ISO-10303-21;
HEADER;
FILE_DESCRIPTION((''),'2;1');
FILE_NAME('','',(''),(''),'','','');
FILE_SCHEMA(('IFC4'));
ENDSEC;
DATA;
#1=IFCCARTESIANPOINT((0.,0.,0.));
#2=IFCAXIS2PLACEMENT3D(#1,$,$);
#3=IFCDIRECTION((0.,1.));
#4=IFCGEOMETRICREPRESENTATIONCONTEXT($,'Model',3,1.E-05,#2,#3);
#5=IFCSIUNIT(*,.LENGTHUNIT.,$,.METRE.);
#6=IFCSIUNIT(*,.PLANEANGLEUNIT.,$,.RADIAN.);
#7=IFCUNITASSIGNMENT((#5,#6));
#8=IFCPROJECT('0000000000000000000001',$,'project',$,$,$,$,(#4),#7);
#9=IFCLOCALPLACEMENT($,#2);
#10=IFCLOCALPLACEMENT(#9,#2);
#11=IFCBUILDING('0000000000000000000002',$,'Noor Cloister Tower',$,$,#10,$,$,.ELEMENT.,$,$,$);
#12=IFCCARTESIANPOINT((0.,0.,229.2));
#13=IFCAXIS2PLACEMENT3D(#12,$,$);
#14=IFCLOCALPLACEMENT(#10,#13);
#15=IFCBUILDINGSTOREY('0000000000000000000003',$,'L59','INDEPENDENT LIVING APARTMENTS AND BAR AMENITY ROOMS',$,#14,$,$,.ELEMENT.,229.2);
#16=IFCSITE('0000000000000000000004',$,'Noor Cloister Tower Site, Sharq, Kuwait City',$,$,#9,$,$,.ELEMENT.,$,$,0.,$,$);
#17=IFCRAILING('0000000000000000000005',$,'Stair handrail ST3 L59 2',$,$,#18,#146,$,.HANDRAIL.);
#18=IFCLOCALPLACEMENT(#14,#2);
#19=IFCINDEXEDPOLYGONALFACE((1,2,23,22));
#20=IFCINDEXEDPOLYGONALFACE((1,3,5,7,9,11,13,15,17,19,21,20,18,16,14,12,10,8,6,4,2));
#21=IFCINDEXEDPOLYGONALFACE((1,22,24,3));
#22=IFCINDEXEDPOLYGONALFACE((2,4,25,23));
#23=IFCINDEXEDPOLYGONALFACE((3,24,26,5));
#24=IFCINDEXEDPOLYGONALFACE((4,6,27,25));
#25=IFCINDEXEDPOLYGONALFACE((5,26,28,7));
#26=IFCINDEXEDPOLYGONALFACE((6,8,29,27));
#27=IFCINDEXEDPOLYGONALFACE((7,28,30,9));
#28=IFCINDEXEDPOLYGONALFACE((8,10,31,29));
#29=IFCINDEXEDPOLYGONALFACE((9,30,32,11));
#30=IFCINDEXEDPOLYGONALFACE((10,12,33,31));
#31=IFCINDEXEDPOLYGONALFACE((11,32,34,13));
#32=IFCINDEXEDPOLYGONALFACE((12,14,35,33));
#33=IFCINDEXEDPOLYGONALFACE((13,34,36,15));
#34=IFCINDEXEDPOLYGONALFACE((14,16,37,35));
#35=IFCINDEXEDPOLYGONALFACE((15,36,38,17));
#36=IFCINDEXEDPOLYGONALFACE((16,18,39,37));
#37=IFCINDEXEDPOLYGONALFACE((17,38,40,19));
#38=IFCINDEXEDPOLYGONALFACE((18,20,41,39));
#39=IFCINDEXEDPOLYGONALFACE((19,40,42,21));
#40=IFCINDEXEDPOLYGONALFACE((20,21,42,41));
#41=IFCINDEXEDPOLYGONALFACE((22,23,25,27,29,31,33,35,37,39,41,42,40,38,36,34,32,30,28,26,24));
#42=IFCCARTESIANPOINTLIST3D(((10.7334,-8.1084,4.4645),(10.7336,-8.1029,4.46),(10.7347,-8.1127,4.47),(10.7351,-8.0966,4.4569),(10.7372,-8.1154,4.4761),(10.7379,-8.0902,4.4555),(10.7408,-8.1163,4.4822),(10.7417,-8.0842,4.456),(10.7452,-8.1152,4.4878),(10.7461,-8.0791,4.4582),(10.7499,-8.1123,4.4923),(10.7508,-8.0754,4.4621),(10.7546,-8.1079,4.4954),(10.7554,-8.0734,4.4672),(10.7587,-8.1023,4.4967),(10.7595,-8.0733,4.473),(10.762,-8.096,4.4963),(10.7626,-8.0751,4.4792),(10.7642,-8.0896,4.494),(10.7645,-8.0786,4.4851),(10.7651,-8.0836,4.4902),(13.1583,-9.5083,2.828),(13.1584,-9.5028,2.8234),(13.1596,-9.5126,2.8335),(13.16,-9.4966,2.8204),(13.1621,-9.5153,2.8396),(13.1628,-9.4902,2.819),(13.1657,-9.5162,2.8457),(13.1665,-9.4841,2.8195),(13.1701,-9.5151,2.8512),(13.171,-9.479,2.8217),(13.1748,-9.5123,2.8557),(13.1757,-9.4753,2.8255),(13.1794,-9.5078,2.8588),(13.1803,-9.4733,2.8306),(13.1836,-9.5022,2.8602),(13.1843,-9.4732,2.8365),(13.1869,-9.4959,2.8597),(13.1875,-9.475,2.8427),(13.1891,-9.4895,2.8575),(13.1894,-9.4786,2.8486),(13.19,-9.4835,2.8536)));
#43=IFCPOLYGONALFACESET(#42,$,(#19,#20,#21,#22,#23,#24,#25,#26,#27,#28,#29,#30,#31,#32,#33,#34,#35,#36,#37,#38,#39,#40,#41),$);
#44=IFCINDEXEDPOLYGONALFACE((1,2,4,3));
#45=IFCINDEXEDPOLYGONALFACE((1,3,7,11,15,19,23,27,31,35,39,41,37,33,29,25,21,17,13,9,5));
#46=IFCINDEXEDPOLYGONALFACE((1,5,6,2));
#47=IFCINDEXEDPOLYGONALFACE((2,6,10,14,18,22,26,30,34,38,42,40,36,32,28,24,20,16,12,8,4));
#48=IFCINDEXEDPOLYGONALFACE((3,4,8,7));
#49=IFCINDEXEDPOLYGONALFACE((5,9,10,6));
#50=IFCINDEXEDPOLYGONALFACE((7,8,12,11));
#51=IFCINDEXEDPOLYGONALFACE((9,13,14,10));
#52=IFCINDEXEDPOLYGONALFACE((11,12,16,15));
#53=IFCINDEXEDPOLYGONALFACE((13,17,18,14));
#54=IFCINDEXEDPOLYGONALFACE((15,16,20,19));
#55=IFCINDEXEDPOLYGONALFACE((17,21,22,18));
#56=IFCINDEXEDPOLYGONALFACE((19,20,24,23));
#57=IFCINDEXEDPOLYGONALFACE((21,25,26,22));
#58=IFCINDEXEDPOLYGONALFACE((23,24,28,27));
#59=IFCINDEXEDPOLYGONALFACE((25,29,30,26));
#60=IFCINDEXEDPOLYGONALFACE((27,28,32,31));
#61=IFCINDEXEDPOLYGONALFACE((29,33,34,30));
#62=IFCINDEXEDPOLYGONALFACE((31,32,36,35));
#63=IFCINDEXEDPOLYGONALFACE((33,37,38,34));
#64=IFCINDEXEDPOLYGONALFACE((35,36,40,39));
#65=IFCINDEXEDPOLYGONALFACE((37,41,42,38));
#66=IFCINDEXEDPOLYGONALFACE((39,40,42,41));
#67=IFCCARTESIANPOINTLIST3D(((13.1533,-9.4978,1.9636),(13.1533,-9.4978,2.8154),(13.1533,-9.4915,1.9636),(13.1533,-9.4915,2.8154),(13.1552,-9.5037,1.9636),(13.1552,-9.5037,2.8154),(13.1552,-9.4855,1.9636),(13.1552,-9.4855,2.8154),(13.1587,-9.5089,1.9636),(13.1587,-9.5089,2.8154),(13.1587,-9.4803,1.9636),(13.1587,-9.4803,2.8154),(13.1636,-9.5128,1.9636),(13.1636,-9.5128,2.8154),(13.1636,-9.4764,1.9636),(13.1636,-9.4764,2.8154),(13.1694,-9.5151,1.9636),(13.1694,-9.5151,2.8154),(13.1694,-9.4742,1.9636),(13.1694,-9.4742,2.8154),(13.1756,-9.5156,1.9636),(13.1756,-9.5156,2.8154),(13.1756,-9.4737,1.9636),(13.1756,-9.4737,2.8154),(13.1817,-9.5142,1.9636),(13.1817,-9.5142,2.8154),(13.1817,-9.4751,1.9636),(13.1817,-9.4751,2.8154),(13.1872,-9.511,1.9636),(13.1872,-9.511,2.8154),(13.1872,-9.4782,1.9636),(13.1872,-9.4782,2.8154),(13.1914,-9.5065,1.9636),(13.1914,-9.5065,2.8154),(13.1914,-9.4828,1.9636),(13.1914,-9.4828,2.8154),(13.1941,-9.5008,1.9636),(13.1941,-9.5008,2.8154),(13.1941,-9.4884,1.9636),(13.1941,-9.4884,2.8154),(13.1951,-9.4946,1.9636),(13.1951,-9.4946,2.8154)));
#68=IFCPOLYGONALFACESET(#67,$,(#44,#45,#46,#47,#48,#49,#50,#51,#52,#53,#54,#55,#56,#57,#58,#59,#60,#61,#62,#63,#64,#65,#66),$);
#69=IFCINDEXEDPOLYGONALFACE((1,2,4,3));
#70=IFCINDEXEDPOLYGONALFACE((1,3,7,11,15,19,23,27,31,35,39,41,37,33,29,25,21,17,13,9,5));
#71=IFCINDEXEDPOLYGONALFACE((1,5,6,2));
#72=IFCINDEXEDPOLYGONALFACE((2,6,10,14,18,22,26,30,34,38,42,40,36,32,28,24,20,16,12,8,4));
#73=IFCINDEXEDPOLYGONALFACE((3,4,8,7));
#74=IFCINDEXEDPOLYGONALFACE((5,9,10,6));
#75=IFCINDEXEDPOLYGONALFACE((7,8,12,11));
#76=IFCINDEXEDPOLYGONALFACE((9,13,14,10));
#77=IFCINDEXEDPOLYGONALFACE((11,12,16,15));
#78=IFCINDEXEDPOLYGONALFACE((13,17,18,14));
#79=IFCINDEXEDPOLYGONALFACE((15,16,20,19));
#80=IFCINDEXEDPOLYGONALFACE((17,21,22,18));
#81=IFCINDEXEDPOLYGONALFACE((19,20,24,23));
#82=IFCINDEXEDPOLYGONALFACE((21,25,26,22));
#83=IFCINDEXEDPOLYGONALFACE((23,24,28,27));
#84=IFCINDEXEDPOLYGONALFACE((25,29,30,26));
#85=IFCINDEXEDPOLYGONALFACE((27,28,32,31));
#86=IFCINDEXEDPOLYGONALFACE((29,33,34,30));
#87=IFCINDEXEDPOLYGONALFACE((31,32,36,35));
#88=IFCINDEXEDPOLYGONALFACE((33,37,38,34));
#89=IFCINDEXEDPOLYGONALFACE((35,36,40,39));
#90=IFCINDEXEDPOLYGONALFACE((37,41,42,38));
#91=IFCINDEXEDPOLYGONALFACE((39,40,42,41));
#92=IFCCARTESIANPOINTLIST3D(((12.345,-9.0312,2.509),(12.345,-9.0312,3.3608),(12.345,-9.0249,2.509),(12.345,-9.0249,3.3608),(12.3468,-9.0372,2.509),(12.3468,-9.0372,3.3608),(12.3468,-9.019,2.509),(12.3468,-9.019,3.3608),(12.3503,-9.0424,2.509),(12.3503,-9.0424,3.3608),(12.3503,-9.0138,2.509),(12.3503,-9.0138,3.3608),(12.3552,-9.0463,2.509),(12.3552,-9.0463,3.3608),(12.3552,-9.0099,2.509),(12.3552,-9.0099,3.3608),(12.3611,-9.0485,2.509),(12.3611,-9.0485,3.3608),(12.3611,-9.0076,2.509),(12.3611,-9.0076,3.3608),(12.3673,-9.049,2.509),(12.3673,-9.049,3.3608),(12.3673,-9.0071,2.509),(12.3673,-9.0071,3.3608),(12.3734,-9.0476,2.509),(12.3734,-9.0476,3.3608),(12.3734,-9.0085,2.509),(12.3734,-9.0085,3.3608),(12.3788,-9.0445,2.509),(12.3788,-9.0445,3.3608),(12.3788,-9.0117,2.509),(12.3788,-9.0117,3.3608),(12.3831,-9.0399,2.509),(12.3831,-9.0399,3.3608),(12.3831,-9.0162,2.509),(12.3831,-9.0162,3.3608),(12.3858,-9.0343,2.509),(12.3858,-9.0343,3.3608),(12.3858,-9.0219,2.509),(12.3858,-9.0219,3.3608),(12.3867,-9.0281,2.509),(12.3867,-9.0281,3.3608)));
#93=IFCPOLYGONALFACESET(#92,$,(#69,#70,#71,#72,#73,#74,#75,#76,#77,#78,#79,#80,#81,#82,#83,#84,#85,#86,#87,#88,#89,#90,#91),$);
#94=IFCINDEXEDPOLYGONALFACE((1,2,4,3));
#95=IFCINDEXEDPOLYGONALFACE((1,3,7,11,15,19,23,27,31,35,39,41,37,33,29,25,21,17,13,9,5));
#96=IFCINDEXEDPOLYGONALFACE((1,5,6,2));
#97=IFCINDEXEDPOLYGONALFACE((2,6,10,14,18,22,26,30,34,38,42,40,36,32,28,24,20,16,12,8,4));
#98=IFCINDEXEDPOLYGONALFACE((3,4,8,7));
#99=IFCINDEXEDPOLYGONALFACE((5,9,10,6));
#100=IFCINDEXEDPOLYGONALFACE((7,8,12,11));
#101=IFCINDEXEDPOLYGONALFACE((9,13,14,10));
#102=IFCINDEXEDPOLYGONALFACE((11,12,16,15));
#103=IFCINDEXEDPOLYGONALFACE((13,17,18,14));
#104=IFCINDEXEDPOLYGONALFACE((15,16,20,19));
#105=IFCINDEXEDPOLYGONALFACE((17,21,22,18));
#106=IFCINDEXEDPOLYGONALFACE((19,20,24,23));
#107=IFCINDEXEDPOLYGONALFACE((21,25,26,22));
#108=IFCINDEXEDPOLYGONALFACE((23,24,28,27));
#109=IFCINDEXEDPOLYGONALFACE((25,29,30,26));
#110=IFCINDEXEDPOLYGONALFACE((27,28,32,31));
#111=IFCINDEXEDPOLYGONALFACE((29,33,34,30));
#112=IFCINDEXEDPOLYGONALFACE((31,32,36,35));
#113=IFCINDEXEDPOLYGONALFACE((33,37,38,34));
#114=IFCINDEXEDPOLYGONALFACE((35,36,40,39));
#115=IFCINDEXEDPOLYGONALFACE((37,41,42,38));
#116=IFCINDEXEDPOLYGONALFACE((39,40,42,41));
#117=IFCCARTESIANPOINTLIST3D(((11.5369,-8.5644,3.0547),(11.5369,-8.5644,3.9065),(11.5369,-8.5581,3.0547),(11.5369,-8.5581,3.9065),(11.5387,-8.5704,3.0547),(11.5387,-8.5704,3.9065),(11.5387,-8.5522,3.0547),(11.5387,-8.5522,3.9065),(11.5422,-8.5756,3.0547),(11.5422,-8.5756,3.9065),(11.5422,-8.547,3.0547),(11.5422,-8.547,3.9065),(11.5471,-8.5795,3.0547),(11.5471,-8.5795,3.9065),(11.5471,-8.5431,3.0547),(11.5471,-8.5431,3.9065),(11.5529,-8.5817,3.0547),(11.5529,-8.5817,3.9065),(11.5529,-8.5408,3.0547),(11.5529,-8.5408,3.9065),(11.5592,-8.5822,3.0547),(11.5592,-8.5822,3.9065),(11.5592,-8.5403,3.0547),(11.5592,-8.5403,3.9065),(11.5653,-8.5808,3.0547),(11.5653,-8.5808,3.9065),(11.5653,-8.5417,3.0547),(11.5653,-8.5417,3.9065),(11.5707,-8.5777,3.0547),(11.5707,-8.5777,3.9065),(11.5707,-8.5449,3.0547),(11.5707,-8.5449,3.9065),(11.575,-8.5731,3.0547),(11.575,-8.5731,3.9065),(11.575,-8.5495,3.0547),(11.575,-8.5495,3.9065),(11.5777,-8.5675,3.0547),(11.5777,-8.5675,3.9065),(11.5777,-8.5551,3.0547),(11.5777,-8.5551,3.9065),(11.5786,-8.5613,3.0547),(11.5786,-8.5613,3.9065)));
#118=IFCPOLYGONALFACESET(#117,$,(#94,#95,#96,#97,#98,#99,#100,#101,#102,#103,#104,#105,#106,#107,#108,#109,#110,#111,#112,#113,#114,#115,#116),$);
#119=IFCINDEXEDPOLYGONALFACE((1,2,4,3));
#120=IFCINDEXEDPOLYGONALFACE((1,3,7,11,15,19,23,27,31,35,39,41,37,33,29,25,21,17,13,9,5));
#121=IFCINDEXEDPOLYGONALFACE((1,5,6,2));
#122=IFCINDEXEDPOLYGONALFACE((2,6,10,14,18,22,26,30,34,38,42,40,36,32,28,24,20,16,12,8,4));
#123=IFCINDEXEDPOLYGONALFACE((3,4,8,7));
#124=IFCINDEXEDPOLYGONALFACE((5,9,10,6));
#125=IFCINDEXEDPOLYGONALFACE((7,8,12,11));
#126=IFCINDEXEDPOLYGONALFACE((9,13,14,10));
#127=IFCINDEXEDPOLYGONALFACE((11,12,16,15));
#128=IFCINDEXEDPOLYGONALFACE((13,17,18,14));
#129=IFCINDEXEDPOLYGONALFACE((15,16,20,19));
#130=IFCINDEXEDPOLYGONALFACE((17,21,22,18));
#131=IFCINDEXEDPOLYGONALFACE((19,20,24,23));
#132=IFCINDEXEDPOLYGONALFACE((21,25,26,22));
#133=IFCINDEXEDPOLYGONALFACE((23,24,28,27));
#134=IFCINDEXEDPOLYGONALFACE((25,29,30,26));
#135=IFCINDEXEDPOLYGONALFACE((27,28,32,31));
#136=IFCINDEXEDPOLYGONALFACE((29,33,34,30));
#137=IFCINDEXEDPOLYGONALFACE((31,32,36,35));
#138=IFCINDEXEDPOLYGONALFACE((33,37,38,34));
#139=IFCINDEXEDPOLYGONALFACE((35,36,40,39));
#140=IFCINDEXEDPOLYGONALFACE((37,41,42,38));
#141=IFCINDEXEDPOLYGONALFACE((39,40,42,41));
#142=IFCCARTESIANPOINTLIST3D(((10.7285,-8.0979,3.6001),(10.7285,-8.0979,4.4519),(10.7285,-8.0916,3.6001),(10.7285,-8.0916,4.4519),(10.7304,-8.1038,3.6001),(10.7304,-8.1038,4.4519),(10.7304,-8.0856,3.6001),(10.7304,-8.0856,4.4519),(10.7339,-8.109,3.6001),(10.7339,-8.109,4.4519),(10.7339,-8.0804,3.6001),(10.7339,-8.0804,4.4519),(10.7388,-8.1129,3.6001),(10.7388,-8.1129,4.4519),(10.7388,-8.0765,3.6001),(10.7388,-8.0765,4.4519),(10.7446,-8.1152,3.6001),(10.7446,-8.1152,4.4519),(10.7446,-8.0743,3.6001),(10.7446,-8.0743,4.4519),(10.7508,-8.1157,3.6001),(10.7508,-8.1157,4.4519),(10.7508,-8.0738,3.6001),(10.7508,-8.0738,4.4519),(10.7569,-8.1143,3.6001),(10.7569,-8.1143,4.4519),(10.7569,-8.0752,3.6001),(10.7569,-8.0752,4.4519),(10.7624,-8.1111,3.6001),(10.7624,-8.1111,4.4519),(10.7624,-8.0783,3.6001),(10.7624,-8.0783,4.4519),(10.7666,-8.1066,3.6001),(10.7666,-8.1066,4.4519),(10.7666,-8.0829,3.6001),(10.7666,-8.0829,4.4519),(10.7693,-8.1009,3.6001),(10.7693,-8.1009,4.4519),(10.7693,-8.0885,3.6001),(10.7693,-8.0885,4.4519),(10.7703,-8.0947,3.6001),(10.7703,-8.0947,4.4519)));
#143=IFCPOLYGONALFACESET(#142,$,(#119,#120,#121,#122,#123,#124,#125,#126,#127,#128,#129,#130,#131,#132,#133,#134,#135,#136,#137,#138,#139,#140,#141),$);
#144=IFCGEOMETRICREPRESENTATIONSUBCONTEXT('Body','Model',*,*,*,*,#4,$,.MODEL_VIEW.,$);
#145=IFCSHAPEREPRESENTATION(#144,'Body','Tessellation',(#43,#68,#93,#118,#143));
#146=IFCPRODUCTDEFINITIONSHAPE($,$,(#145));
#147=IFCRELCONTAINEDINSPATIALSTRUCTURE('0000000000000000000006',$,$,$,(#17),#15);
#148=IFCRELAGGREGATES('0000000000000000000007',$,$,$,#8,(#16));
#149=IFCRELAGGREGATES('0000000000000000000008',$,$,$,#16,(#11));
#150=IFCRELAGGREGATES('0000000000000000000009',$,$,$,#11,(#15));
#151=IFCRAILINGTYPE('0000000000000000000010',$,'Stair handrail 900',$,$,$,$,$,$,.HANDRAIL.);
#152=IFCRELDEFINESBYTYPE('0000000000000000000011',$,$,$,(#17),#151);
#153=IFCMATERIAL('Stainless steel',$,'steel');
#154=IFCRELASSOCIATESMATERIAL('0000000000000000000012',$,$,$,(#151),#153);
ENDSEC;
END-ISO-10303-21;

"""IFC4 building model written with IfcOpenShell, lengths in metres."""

from ifc_helpers import new_model, si_unit, direction, frame, origin, origin_2d, place, context, subcontext, project, spatial, circle, extrude, material, type_object, element, save


model = new_model("IFC4")

# Units and contexts
model_context = context("Model", 3, precision=1e-05, world=origin(), true_north=direction((0.0, 1.0)))
body_context = subcontext(model_context, "Body", "Model", "MODEL_VIEW")
ifc_project = project(units=[si_unit("LENGTHUNIT", "METRE"), si_unit("PLANEANGLEUNIT", "RADIAN")], contexts=[model_context])

# Site, building, storey
site_placement = place(None, origin())
site = spatial("IfcSite", under=ifc_project, at=site_placement, Name="Noor Cloister Tower Site, Sharq, Kuwait City", CompositionType="ELEMENT", RefElevation=0.0)
building_placement = place(site_placement, origin())
building = spatial("IfcBuilding", under=site, at=building_placement, Name="Noor Cloister Tower", CompositionType="ELEMENT")
storey_placement = place(building_placement, frame((0.0, 0.0, 229.2)))
storey = spatial("IfcBuildingStorey", under=building, at=storey_placement, Name="L59", Description="INDEPENDENT LIVING APARTMENTS AND BAR AMENITY ROOMS", CompositionType="ELEMENT", Elevation=229.2)

# Railing
ifc_material_1 = material(Name="Stainless steel", Category="steel")
railing_type_1 = type_object("IfcRailingType", Name="Stair handrail 900", PredefinedType="HANDRAIL", material=ifc_material_1)
railing_1_placement = place(storey_placement, frame((13.1741, -9.4946, 1.9636)))
element("IfcRailing", 1, at=railing_1_placement, inside=storey, type_object=railing_type_1, Name="Stair handrail ST3 L59 2", PredefinedType="HANDRAIL", context=body_context, shape_type="SweptSolid", body=[
    extrude(circle(Radius=0.0239, at=origin_2d()), frame((0.0, 0.0, 0.876), z_axis=(-0.74769, 0.431661, 0.504608), x_axis=(-0.499984, -0.866035, 0.0)), (0.0, 0.0, 1.0), 3.2432),
    extrude(circle(Radius=0.021, at=origin_2d()), origin(), (0.0, 0.0, 1.0), 0.8518),
    extrude(circle(Radius=0.021, at=origin_2d()), frame((-0.8083, 0.4666, 0.5454)), (0.0, 0.0, 1.0), 0.8518),
    extrude(circle(Radius=0.021, at=origin_2d()), frame((-1.6165, 0.9333, 1.0911)), (0.0, 0.0, 1.0), 0.8518),
    extrude(circle(Radius=0.021, at=origin_2d()), frame((-2.4248, 1.3999, 1.6365)), (0.0, 0.0, 1.0), 0.8518),
])

save(model, "model.ifc")
